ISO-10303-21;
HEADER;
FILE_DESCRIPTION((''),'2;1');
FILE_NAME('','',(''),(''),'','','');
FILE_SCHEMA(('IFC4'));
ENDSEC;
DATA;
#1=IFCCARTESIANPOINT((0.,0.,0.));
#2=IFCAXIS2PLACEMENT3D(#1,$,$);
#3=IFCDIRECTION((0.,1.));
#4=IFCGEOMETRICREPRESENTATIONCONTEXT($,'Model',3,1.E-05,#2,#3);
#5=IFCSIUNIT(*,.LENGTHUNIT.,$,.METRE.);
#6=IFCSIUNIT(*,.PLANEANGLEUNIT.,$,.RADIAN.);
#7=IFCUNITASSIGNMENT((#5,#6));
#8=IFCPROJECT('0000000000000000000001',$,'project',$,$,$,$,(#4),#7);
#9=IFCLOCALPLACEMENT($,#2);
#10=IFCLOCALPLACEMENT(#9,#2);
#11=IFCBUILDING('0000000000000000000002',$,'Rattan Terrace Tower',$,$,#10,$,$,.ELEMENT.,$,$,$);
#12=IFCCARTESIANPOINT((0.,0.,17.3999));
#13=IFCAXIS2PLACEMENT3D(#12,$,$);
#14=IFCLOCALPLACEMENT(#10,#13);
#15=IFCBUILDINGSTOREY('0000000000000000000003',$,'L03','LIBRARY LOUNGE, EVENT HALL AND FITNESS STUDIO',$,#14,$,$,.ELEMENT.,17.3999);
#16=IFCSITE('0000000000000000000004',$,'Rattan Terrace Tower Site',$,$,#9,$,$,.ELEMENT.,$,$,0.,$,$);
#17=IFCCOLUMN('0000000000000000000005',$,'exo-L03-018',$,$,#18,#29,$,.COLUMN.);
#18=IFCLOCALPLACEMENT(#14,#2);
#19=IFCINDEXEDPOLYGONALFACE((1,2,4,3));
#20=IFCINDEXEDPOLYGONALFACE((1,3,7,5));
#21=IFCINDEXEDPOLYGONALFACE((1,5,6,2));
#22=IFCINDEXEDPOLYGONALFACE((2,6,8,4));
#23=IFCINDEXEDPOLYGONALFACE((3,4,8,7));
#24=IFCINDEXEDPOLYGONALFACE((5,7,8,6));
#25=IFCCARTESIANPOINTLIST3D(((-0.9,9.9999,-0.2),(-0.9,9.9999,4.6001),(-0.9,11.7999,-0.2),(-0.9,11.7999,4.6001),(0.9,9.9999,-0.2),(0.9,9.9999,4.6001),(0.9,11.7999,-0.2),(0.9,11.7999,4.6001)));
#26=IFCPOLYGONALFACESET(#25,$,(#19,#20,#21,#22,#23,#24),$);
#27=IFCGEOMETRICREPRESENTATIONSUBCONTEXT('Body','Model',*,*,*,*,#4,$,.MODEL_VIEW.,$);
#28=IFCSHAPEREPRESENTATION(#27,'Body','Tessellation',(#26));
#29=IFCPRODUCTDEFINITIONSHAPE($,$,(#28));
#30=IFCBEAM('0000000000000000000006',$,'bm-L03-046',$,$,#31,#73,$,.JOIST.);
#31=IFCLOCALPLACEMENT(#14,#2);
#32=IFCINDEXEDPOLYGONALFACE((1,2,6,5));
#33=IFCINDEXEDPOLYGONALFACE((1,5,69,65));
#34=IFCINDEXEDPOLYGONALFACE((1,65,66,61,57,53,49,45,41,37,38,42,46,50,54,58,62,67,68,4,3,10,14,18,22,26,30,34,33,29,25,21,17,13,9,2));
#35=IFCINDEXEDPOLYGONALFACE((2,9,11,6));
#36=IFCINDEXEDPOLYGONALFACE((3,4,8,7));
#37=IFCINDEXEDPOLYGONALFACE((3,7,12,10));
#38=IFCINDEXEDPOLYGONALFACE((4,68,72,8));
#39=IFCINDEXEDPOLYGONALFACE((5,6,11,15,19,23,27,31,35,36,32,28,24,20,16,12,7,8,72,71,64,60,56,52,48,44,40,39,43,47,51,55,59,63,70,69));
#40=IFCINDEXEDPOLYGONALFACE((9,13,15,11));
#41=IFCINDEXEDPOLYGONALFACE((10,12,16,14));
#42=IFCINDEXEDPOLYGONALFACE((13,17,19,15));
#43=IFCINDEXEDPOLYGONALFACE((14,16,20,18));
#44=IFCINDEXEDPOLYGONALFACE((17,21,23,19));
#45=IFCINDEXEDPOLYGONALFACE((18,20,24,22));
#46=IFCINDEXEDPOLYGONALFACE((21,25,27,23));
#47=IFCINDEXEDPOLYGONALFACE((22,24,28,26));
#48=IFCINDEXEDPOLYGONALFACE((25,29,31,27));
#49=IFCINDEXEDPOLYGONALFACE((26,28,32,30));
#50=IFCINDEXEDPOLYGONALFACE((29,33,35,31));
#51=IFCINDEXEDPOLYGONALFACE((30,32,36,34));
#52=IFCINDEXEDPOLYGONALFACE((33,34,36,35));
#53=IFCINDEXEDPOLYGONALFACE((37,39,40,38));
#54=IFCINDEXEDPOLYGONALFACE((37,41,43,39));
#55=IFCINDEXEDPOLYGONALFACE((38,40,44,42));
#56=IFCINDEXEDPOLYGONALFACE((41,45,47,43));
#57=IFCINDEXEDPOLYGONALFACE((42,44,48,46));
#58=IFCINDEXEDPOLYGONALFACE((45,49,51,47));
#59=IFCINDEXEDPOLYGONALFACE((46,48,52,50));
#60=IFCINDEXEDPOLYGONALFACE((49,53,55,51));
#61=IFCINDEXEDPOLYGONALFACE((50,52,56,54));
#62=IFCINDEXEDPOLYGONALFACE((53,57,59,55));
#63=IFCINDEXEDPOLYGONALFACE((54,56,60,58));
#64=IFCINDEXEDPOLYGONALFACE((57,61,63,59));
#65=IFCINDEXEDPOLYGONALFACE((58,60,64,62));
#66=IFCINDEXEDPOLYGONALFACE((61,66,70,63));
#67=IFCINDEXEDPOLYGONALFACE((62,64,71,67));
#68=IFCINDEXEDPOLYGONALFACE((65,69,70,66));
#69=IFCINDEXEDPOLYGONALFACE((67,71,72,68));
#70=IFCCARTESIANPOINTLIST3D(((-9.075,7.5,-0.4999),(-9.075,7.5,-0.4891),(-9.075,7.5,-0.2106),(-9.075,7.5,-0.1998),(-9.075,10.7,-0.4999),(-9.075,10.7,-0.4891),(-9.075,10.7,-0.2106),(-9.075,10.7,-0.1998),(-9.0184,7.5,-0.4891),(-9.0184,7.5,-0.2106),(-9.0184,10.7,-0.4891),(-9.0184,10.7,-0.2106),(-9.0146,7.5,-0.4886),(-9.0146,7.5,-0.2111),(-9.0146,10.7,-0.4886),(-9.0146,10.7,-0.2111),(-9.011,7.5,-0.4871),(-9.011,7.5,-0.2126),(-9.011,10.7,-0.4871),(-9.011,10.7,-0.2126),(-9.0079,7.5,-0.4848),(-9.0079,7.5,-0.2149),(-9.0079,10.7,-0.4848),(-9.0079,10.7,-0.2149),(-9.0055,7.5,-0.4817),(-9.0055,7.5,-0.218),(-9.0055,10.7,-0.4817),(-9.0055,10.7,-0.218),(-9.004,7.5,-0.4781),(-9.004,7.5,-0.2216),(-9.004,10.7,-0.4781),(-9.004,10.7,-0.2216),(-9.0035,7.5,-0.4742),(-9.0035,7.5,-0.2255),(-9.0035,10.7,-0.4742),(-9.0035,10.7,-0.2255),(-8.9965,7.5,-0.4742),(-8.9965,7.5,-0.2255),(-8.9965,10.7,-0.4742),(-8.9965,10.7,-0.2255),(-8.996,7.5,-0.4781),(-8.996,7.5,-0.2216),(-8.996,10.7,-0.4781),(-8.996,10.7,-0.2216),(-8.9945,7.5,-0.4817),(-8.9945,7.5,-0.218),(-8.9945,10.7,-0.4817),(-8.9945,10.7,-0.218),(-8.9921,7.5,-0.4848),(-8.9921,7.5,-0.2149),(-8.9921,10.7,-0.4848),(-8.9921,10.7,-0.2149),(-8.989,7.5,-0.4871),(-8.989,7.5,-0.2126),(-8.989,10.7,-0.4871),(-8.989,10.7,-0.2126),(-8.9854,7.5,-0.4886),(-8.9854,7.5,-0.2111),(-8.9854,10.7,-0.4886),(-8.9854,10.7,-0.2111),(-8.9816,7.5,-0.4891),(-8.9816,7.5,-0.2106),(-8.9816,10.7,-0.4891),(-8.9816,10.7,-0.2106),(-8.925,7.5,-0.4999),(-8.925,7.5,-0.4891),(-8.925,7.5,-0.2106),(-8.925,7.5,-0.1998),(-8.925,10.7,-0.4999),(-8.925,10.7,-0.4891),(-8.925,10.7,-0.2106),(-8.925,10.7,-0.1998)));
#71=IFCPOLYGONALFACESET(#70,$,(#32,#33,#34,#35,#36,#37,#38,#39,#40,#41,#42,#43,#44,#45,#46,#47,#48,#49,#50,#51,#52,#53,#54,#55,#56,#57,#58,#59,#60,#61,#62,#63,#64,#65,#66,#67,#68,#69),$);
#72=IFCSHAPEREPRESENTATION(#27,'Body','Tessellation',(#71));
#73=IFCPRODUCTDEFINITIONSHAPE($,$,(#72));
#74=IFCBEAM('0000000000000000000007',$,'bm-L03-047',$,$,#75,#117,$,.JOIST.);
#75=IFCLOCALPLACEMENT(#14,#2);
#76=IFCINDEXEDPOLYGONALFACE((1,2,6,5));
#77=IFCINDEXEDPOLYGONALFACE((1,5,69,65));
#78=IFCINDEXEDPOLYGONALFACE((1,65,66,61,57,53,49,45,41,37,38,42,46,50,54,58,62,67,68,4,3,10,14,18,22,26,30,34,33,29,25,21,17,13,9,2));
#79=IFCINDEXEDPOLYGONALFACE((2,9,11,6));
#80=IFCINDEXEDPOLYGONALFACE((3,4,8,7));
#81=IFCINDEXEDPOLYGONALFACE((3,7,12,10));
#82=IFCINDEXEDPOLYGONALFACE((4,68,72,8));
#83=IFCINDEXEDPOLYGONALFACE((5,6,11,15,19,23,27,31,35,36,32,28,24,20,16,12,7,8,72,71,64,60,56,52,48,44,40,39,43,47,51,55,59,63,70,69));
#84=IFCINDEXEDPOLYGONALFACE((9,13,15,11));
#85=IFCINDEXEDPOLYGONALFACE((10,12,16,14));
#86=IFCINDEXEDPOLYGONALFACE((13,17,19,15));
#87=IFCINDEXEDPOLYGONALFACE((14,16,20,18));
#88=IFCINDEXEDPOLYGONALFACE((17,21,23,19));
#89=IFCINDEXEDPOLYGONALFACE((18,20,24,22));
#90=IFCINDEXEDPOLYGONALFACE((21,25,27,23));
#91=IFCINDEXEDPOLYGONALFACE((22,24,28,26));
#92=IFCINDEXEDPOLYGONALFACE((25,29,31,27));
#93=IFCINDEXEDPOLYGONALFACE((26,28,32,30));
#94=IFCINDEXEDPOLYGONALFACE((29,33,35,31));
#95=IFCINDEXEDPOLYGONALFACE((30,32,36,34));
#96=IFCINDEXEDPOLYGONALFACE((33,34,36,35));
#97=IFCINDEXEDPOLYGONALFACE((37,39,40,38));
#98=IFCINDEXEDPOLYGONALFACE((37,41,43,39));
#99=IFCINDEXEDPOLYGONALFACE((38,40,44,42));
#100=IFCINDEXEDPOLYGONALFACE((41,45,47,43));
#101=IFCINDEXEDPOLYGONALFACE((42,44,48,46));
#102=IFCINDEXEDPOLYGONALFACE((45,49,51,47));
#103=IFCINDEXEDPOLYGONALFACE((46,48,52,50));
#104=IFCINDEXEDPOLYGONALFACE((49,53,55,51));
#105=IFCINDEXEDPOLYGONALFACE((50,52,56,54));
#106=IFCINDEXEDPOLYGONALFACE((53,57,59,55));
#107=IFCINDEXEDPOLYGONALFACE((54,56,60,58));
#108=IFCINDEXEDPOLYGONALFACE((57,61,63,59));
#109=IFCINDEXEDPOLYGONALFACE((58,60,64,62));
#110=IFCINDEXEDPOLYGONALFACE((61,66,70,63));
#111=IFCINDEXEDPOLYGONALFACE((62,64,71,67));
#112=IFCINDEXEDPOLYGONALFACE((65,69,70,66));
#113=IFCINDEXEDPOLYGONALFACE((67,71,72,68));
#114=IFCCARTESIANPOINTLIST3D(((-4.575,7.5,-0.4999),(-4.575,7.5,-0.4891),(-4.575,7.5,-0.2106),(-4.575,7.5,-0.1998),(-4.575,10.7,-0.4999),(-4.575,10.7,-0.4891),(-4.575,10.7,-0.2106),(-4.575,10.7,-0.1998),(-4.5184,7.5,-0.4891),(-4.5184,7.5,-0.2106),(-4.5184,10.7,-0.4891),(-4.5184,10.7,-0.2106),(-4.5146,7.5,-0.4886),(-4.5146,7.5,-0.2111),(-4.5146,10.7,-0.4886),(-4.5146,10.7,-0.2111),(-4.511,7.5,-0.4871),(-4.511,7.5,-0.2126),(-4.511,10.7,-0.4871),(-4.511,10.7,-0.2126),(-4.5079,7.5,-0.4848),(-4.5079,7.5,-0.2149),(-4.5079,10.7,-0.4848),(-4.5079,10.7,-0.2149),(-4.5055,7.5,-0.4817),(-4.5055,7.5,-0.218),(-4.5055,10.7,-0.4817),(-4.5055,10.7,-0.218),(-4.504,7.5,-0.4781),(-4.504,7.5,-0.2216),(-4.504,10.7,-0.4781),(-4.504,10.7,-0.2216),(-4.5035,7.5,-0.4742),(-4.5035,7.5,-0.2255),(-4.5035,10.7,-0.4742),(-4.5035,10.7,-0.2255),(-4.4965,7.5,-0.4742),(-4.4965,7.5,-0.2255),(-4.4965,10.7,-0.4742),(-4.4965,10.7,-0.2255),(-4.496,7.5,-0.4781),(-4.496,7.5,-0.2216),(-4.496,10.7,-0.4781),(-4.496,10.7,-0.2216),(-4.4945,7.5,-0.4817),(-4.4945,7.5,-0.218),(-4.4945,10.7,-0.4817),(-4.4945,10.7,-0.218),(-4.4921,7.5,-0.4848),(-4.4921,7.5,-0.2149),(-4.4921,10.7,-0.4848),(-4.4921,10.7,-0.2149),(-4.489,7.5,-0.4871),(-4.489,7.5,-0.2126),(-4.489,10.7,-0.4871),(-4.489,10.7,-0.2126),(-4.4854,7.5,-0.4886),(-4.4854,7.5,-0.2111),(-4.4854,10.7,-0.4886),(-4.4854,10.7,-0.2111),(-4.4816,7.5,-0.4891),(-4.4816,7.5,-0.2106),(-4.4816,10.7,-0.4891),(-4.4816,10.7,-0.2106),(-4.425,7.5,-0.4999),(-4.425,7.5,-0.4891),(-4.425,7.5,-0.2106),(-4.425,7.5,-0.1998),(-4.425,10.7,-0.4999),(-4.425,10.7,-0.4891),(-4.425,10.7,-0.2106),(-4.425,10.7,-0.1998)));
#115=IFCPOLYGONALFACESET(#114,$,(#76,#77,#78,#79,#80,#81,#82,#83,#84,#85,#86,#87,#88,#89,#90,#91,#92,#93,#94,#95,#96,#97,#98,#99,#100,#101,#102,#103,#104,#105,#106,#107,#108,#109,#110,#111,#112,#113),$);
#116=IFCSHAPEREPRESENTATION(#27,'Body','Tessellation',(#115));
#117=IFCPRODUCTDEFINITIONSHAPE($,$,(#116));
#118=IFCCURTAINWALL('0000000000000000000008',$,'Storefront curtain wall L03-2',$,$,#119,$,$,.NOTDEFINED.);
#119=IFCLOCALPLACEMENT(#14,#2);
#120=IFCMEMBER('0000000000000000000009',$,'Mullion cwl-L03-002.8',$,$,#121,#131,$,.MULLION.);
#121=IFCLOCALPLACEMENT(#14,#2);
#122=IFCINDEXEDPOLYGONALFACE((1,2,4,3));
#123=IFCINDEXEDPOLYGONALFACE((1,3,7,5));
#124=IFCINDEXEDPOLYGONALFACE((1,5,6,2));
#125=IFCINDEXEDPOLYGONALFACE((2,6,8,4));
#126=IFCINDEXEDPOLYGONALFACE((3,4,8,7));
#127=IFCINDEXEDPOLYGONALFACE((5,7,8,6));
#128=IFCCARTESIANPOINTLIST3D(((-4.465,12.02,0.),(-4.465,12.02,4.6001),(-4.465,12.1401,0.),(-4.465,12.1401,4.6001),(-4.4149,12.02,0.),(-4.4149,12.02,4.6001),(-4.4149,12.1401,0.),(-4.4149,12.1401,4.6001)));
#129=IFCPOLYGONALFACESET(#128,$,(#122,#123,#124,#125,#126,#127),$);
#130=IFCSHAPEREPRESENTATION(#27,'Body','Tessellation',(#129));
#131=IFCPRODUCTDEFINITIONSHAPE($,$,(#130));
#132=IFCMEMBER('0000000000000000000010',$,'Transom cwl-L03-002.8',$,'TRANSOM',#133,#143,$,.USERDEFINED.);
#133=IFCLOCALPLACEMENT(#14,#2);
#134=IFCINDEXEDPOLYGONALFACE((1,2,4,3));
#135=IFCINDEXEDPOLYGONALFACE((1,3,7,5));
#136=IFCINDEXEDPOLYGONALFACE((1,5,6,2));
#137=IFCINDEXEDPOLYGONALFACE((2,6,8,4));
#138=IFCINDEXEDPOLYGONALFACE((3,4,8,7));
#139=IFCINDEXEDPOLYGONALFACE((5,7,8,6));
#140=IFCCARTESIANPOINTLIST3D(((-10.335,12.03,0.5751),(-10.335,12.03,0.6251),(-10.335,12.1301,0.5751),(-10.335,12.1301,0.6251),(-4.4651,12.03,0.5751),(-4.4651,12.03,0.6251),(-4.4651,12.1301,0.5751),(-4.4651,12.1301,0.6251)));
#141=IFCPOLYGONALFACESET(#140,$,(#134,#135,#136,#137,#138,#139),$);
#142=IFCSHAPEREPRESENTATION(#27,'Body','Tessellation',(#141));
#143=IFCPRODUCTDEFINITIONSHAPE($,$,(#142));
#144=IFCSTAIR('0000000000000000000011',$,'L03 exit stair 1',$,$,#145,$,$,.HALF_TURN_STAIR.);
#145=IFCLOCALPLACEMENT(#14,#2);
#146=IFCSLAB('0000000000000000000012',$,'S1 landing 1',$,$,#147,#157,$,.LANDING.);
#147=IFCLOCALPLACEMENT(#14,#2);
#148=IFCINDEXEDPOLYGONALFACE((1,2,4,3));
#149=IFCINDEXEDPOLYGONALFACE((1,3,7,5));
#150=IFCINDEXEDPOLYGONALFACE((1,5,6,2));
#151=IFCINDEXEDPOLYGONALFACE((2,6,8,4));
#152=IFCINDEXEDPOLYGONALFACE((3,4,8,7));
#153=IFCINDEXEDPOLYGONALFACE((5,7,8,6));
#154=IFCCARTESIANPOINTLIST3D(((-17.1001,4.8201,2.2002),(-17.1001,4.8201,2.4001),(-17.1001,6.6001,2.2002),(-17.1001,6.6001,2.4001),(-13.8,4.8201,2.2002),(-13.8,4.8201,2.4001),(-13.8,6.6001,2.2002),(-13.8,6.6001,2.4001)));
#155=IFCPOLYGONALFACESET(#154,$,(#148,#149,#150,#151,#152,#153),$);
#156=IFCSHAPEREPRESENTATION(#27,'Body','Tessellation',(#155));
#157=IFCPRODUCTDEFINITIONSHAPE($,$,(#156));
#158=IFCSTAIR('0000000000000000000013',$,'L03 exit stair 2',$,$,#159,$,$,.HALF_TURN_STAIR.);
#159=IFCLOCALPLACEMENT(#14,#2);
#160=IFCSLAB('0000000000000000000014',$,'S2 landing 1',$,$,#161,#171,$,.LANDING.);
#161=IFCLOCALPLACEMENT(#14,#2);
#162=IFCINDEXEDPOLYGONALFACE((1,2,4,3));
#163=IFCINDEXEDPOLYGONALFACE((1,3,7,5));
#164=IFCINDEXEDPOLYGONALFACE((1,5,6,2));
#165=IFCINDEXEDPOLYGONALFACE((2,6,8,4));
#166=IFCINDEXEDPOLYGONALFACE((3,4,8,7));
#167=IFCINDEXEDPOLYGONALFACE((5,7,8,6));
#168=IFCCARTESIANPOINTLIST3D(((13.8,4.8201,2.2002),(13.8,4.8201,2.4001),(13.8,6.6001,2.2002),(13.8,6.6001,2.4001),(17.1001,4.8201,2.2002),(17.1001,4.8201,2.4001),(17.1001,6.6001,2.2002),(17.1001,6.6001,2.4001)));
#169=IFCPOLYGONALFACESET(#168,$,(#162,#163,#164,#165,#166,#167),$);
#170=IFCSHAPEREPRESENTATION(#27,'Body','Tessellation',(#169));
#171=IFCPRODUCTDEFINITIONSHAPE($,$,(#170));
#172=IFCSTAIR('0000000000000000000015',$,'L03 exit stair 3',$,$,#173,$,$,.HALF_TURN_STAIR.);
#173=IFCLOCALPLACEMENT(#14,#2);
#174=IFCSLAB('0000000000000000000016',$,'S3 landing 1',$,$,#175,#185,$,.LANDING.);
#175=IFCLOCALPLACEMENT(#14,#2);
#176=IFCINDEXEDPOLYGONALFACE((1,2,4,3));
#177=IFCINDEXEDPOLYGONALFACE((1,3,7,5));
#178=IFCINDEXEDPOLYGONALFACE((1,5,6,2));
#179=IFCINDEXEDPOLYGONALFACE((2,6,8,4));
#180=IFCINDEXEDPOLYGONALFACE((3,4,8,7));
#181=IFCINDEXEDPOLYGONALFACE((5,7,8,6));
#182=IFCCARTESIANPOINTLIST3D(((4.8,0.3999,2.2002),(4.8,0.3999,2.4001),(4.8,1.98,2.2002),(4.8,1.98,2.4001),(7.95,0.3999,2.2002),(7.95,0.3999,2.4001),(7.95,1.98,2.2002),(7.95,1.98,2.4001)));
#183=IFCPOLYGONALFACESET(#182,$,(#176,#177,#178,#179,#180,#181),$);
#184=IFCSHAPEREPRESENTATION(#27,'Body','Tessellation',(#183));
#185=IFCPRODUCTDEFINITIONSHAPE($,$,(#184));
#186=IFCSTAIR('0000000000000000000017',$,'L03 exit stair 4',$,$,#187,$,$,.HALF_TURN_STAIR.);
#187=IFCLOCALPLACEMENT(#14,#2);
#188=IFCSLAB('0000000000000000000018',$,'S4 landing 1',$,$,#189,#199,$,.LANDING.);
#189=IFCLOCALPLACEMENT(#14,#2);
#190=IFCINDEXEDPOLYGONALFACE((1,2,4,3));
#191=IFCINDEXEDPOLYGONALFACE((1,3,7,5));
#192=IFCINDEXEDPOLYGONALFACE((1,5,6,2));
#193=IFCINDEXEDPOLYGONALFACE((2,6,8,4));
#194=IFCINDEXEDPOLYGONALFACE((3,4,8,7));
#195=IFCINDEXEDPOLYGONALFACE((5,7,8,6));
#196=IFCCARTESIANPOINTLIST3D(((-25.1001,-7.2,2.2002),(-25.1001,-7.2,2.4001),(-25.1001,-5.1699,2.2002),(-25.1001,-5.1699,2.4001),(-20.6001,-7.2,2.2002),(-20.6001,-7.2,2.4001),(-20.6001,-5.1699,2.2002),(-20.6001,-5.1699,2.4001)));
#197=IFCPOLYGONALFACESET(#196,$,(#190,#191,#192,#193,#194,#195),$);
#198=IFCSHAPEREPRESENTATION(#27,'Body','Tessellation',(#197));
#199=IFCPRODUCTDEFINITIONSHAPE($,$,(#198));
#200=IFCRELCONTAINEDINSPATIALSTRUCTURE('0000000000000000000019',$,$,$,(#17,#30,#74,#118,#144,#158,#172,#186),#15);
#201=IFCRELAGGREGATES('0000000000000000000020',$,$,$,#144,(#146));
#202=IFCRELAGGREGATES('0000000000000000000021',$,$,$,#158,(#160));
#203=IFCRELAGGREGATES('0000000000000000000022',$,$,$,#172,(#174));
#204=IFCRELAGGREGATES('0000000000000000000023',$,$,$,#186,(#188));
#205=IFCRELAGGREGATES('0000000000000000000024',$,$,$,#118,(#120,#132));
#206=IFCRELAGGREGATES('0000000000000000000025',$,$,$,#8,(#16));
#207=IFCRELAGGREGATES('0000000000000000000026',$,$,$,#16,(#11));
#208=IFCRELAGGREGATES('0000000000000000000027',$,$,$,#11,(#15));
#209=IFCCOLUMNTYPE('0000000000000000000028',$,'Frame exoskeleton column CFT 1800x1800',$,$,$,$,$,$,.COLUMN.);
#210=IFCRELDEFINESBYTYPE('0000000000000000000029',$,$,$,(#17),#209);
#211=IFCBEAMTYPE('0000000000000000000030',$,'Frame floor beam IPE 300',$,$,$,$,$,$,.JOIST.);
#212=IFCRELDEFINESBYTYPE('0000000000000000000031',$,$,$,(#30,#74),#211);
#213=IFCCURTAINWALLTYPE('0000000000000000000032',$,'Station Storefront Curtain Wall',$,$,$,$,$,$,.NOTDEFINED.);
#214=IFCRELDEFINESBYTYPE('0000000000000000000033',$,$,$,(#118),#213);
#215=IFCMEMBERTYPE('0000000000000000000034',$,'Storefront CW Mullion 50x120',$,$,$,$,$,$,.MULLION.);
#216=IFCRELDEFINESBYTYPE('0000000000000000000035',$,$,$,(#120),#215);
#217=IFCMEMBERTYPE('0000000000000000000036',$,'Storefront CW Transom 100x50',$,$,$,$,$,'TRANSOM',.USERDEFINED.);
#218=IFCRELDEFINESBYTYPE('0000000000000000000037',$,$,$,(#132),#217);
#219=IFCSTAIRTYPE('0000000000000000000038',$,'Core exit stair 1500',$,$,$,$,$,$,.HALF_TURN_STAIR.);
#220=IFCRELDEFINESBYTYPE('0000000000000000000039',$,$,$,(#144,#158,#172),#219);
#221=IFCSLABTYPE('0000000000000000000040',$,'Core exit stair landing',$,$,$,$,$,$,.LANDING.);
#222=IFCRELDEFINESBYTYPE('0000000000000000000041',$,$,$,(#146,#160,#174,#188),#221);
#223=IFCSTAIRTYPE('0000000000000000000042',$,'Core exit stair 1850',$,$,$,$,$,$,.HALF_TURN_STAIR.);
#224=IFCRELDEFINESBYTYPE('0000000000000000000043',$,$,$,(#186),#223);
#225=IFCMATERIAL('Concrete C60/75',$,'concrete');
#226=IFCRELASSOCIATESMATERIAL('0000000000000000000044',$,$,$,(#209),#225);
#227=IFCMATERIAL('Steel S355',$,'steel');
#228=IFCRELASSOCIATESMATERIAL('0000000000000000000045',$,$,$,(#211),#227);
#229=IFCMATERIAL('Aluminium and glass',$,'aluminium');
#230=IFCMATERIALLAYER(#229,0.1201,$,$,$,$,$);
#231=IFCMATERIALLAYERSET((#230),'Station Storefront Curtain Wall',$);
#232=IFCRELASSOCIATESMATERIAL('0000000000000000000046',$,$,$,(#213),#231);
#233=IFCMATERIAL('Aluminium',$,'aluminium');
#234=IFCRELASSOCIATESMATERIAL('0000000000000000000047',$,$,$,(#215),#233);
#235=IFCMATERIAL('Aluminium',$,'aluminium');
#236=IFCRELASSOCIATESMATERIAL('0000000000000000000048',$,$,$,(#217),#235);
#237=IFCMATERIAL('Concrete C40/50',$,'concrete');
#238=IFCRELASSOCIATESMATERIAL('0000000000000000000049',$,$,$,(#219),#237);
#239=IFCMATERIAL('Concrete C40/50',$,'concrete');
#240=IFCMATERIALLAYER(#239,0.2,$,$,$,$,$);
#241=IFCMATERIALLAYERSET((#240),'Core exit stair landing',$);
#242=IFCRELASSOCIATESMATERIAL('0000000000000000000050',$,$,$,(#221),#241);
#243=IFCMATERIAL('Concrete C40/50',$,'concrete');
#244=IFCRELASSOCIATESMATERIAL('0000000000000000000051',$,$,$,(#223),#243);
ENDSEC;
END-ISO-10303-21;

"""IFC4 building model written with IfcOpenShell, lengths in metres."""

from ifc_helpers import new_model, si_unit, direction, frame, origin, origin_2d, place, context, subcontext, project, spatial, polyline, rectangle, i_section, outline, extrude, material, layer, layer_set, material_profile, profile_set, type_object, element, aggregate, save


model = new_model("IFC4")

# Units and contexts
model_context = context("Model", 3, precision=1e-05, world=origin(), true_north=direction((0.0, 1.0)))
body_context = subcontext(model_context, "Body", "Model", "MODEL_VIEW")
ifc_project = project(units=[si_unit("LENGTHUNIT", "METRE"), si_unit("PLANEANGLEUNIT", "RADIAN")], contexts=[model_context])

# Site, building, storey
site_placement = place(None, origin())
site = spatial("IfcSite", under=ifc_project, at=site_placement, Name="Rattan Terrace Tower Site", CompositionType="ELEMENT", RefElevation=0.0)
building_placement = place(site_placement, origin())
building = spatial("IfcBuilding", under=site, at=building_placement, Name="Rattan Terrace Tower", CompositionType="ELEMENT")
storey_placement = place(building_placement, frame((0.0, 0.0, 17.3999)))
storey = spatial("IfcBuildingStorey", under=building, at=storey_placement, Name="L03", Description="LIBRARY LOUNGE, EVENT HALL AND FITNESS STUDIO", CompositionType="ELEMENT", Elevation=17.3999)

# Column
ifc_material_1 = material(Name="Concrete C60/75", Category="concrete")
ifc_material_profile_1 = material_profile(ifc_material_1, rectangle(XDim=1.8, YDim=1.8, at=origin_2d()), Name="CFT 1800x1800")
ifc_profile_set_1 = profile_set([ifc_material_profile_1], Name="Concrete C60/75")
column_type = type_object("IfcColumnType", Name="Frame exoskeleton column CFT 1800x1800", PredefinedType="COLUMN", material=ifc_profile_set_1)
column_placement = place(storey_placement, frame((0.0, 10.8999, -0.2), z_axis=(0.0, 0.0, 1.0), x_axis=(1.0, 0.0, 0.0)))
element("IfcColumn", 1, at=column_placement, inside=storey, type_object=column_type, Name="exo-L03-018", PredefinedType="COLUMN", context=body_context, shape_type="SweptSolid", body=[
    extrude(rectangle(XDim=1.8, YDim=1.8, at=origin_2d()), origin(), (0.0, 0.0, 1.0), 4.8),
])

# Beams
ifc_material_2 = material(Name="Steel S355", Category="steel")
ifc_material_profile_2 = material_profile(ifc_material_2, i_section(OverallWidth=0.1499, OverallDepth=0.3, WebThickness=0.0071, FlangeThickness=0.0107, FilletRadius=0.0149, at=origin_2d()), Name="IPE 300")
ifc_profile_set_2 = profile_set([ifc_material_profile_2], Name="Steel S355")
beam_type = type_object("IfcBeamType", Name="Frame floor beam IPE 300", PredefinedType="JOIST", material=ifc_profile_set_2)
for number, where, z_axis, x_axis, name in (
    (2, (-9.0, 7.5, -0.3499), (0.0, 1.0, 0.0), (-1.0, 0.0, 0.0), "bm-L03-046"),
    (3, (-4.5, 7.5, -0.3499), (0.0, 1.0, 0.0), (-1.0, 0.0, 0.0), "bm-L03-047"),
):
    element("IfcBeam", number, at=place(storey_placement, frame(where, z_axis=z_axis, x_axis=x_axis)), inside=storey, type_object=beam_type, Name=name, PredefinedType="JOIST", context=body_context, shape_type="SweptSolid", body=[
        extrude(i_section(OverallWidth=0.1499, OverallDepth=0.3, WebThickness=0.0071, FlangeThickness=0.0107, FilletRadius=0.0149, at=origin_2d()), origin(), (0.0, 0.0, 1.0), 3.2),
    ])

# Curtain wall, members
ifc_material_3 = material(Name="Aluminium and glass", Category="aluminium")
ifc_layer_1 = layer(ifc_material_3, 0.1201)
ifc_layer_set_1 = layer_set([ifc_layer_1], Name="Station Storefront Curtain Wall")
curtain_wall_type = type_object("IfcCurtainWallType", Name="Station Storefront Curtain Wall", PredefinedType="NOTDEFINED", material=ifc_layer_set_1)
curtain_wall_placement = place(storey_placement, origin())
curtain_wall = element("IfcCurtainWall", 4, at=curtain_wall_placement, inside=storey, type_object=curtain_wall_type, Name="Storefront curtain wall L03-2", PredefinedType="NOTDEFINED")
ifc_material_4 = material(Name="Aluminium", Category="aluminium")
ifc_material_profile_3 = material_profile(ifc_material_4, rectangle(XDim=0.05, YDim=0.1201, at=origin_2d()), Name="Aluminium 50x120")
ifc_profile_set_3 = profile_set([ifc_material_profile_3], Name="Aluminium")
member_type_1 = type_object("IfcMemberType", Name="Storefront CW Mullion 50x120", PredefinedType="MULLION", material=ifc_profile_set_3)
member_1_placement = place(storey_placement, frame((-4.4399, 12.0801, 0.0), z_axis=(0.0, 0.0, 1.0), x_axis=(-1.0, 0.0, 0.0)))
member_1 = element("IfcMember", 5, at=member_1_placement, type_object=member_type_1, Name="Mullion cwl-L03-002.8", PredefinedType="MULLION", context=body_context, shape_type="SweptSolid", body=[
    extrude(rectangle(XDim=0.05, YDim=0.1201, at=origin_2d()), origin(), (0.0, 0.0, 1.0), 4.6001),
])
ifc_material_5 = material(Name="Aluminium", Category="aluminium")
ifc_material_profile_4 = material_profile(ifc_material_5, rectangle(XDim=0.1001, YDim=0.05, at=origin_2d()), Name="Aluminium 100x50")
ifc_profile_set_4 = profile_set([ifc_material_profile_4], Name="Aluminium")
member_type_2 = type_object("IfcMemberType", Name="Storefront CW Transom 100x50", ElementType="TRANSOM", PredefinedType="USERDEFINED", material=ifc_profile_set_4)
member_2_placement = place(storey_placement, frame((-4.4651, 12.0801, 0.6001), z_axis=(-1.0, 0.0, 0.0), x_axis=(0.0, -1.0, 0.0)))
member_2 = element("IfcMember", 6, at=member_2_placement, type_object=member_type_2, Name="Transom cwl-L03-002.8", ObjectType="TRANSOM", PredefinedType="USERDEFINED", context=body_context, shape_type="SweptSolid", body=[
    extrude(rectangle(XDim=0.1001, YDim=0.05, at=origin_2d()), origin(), (0.0, 0.0, 1.0), 5.8699),
])

# Stairs, slabs
ifc_material_6 = material(Name="Concrete C40/50", Category="concrete")
stair_type_1 = type_object("IfcStairType", Name="Core exit stair 1500", PredefinedType="HALF_TURN_STAIR", material=ifc_material_6)
stair_1_placement = place(storey_placement, origin())
stair_1 = element("IfcStair", 7, at=stair_1_placement, inside=storey, type_object=stair_type_1, Name="L03 exit stair 1", PredefinedType="HALF_TURN_STAIR")
ifc_material_7 = material(Name="Concrete C40/50", Category="concrete")
ifc_layer_2 = layer(ifc_material_7, 0.2)
ifc_layer_set_2 = layer_set([ifc_layer_2], Name="Core exit stair landing")
slab_type_1 = type_object("IfcSlabType", Name="Core exit stair landing", PredefinedType="LANDING", material=ifc_layer_set_2)
slab_1_placement = place(storey_placement, frame((0.0, 0.0, 2.2002)))
slab_1 = element("IfcSlab", 8, at=slab_1_placement, type_object=slab_type_1, Name="S1 landing 1", PredefinedType="LANDING", context=body_context, shape_type="SweptSolid", body=[
    extrude(outline(polyline([(-13.8, 4.8201), (-13.8, 6.6001), (-17.1001, 6.6001), (-17.1001, 4.8201), (-13.8, 4.8201)])), origin(), (0.0, 0.0, 1.0), 0.2),
])
aggregate(stair_1, [slab_1])
stair_2_placement = place(storey_placement, origin())
stair_2 = element("IfcStair", 9, at=stair_2_placement, inside=storey, type_object=stair_type_1, Name="L03 exit stair 2", PredefinedType="HALF_TURN_STAIR")
slab_2_placement = place(storey_placement, frame((0.0, 0.0, 2.2002)))
slab_2 = element("IfcSlab", 10, at=slab_2_placement, type_object=slab_type_1, Name="S2 landing 1", PredefinedType="LANDING", context=body_context, shape_type="SweptSolid", body=[
    extrude(outline(polyline([(17.1001, 4.8201), (17.1001, 6.6001), (13.8, 6.6001), (13.8, 4.8201), (17.1001, 4.8201)])), origin(), (0.0, 0.0, 1.0), 0.2),
])
aggregate(stair_2, [slab_2])
stair_3_placement = place(storey_placement, origin())
stair_3 = element("IfcStair", 11, at=stair_3_placement, inside=storey, type_object=stair_type_1, Name="L03 exit stair 3", PredefinedType="HALF_TURN_STAIR")
slab_3_placement = place(storey_placement, frame((0.0, 0.0, 2.2002)))
slab_3 = element("IfcSlab", 12, at=slab_3_placement, type_object=slab_type_1, Name="S3 landing 1", PredefinedType="LANDING", context=body_context, shape_type="SweptSolid", body=[
    extrude(outline(polyline([(4.8, 1.98), (4.8, 0.3999), (7.95, 0.3999), (7.95, 1.98), (4.8, 1.98)])), origin(), (0.0, 0.0, 1.0), 0.2),
])
aggregate(stair_3, [slab_3])
ifc_material_8 = material(Name="Concrete C40/50", Category="concrete")
stair_type_2 = type_object("IfcStairType", Name="Core exit stair 1850", PredefinedType="HALF_TURN_STAIR", material=ifc_material_8)
stair_4_placement = place(storey_placement, origin())
stair_4 = element("IfcStair", 13, at=stair_4_placement, inside=storey, type_object=stair_type_2, Name="L03 exit stair 4", PredefinedType="HALF_TURN_STAIR")
slab_4_placement = place(storey_placement, frame((0.0, 0.0, 2.2002)))
slab_4 = element("IfcSlab", 14, at=slab_4_placement, type_object=slab_type_1, Name="S4 landing 1", PredefinedType="LANDING", context=body_context, shape_type="SweptSolid", body=[
    extrude(outline(polyline([(-25.1001, -5.1699), (-25.1001, -7.2), (-20.6001, -7.2), (-20.6001, -5.1699), (-25.1001, -5.1699)])), origin(), (0.0, 0.0, 1.0), 0.2),
])
aggregate(stair_4, [slab_4])

aggregate(curtain_wall, [member_1, member_2])

save(model, "model.ifc")
